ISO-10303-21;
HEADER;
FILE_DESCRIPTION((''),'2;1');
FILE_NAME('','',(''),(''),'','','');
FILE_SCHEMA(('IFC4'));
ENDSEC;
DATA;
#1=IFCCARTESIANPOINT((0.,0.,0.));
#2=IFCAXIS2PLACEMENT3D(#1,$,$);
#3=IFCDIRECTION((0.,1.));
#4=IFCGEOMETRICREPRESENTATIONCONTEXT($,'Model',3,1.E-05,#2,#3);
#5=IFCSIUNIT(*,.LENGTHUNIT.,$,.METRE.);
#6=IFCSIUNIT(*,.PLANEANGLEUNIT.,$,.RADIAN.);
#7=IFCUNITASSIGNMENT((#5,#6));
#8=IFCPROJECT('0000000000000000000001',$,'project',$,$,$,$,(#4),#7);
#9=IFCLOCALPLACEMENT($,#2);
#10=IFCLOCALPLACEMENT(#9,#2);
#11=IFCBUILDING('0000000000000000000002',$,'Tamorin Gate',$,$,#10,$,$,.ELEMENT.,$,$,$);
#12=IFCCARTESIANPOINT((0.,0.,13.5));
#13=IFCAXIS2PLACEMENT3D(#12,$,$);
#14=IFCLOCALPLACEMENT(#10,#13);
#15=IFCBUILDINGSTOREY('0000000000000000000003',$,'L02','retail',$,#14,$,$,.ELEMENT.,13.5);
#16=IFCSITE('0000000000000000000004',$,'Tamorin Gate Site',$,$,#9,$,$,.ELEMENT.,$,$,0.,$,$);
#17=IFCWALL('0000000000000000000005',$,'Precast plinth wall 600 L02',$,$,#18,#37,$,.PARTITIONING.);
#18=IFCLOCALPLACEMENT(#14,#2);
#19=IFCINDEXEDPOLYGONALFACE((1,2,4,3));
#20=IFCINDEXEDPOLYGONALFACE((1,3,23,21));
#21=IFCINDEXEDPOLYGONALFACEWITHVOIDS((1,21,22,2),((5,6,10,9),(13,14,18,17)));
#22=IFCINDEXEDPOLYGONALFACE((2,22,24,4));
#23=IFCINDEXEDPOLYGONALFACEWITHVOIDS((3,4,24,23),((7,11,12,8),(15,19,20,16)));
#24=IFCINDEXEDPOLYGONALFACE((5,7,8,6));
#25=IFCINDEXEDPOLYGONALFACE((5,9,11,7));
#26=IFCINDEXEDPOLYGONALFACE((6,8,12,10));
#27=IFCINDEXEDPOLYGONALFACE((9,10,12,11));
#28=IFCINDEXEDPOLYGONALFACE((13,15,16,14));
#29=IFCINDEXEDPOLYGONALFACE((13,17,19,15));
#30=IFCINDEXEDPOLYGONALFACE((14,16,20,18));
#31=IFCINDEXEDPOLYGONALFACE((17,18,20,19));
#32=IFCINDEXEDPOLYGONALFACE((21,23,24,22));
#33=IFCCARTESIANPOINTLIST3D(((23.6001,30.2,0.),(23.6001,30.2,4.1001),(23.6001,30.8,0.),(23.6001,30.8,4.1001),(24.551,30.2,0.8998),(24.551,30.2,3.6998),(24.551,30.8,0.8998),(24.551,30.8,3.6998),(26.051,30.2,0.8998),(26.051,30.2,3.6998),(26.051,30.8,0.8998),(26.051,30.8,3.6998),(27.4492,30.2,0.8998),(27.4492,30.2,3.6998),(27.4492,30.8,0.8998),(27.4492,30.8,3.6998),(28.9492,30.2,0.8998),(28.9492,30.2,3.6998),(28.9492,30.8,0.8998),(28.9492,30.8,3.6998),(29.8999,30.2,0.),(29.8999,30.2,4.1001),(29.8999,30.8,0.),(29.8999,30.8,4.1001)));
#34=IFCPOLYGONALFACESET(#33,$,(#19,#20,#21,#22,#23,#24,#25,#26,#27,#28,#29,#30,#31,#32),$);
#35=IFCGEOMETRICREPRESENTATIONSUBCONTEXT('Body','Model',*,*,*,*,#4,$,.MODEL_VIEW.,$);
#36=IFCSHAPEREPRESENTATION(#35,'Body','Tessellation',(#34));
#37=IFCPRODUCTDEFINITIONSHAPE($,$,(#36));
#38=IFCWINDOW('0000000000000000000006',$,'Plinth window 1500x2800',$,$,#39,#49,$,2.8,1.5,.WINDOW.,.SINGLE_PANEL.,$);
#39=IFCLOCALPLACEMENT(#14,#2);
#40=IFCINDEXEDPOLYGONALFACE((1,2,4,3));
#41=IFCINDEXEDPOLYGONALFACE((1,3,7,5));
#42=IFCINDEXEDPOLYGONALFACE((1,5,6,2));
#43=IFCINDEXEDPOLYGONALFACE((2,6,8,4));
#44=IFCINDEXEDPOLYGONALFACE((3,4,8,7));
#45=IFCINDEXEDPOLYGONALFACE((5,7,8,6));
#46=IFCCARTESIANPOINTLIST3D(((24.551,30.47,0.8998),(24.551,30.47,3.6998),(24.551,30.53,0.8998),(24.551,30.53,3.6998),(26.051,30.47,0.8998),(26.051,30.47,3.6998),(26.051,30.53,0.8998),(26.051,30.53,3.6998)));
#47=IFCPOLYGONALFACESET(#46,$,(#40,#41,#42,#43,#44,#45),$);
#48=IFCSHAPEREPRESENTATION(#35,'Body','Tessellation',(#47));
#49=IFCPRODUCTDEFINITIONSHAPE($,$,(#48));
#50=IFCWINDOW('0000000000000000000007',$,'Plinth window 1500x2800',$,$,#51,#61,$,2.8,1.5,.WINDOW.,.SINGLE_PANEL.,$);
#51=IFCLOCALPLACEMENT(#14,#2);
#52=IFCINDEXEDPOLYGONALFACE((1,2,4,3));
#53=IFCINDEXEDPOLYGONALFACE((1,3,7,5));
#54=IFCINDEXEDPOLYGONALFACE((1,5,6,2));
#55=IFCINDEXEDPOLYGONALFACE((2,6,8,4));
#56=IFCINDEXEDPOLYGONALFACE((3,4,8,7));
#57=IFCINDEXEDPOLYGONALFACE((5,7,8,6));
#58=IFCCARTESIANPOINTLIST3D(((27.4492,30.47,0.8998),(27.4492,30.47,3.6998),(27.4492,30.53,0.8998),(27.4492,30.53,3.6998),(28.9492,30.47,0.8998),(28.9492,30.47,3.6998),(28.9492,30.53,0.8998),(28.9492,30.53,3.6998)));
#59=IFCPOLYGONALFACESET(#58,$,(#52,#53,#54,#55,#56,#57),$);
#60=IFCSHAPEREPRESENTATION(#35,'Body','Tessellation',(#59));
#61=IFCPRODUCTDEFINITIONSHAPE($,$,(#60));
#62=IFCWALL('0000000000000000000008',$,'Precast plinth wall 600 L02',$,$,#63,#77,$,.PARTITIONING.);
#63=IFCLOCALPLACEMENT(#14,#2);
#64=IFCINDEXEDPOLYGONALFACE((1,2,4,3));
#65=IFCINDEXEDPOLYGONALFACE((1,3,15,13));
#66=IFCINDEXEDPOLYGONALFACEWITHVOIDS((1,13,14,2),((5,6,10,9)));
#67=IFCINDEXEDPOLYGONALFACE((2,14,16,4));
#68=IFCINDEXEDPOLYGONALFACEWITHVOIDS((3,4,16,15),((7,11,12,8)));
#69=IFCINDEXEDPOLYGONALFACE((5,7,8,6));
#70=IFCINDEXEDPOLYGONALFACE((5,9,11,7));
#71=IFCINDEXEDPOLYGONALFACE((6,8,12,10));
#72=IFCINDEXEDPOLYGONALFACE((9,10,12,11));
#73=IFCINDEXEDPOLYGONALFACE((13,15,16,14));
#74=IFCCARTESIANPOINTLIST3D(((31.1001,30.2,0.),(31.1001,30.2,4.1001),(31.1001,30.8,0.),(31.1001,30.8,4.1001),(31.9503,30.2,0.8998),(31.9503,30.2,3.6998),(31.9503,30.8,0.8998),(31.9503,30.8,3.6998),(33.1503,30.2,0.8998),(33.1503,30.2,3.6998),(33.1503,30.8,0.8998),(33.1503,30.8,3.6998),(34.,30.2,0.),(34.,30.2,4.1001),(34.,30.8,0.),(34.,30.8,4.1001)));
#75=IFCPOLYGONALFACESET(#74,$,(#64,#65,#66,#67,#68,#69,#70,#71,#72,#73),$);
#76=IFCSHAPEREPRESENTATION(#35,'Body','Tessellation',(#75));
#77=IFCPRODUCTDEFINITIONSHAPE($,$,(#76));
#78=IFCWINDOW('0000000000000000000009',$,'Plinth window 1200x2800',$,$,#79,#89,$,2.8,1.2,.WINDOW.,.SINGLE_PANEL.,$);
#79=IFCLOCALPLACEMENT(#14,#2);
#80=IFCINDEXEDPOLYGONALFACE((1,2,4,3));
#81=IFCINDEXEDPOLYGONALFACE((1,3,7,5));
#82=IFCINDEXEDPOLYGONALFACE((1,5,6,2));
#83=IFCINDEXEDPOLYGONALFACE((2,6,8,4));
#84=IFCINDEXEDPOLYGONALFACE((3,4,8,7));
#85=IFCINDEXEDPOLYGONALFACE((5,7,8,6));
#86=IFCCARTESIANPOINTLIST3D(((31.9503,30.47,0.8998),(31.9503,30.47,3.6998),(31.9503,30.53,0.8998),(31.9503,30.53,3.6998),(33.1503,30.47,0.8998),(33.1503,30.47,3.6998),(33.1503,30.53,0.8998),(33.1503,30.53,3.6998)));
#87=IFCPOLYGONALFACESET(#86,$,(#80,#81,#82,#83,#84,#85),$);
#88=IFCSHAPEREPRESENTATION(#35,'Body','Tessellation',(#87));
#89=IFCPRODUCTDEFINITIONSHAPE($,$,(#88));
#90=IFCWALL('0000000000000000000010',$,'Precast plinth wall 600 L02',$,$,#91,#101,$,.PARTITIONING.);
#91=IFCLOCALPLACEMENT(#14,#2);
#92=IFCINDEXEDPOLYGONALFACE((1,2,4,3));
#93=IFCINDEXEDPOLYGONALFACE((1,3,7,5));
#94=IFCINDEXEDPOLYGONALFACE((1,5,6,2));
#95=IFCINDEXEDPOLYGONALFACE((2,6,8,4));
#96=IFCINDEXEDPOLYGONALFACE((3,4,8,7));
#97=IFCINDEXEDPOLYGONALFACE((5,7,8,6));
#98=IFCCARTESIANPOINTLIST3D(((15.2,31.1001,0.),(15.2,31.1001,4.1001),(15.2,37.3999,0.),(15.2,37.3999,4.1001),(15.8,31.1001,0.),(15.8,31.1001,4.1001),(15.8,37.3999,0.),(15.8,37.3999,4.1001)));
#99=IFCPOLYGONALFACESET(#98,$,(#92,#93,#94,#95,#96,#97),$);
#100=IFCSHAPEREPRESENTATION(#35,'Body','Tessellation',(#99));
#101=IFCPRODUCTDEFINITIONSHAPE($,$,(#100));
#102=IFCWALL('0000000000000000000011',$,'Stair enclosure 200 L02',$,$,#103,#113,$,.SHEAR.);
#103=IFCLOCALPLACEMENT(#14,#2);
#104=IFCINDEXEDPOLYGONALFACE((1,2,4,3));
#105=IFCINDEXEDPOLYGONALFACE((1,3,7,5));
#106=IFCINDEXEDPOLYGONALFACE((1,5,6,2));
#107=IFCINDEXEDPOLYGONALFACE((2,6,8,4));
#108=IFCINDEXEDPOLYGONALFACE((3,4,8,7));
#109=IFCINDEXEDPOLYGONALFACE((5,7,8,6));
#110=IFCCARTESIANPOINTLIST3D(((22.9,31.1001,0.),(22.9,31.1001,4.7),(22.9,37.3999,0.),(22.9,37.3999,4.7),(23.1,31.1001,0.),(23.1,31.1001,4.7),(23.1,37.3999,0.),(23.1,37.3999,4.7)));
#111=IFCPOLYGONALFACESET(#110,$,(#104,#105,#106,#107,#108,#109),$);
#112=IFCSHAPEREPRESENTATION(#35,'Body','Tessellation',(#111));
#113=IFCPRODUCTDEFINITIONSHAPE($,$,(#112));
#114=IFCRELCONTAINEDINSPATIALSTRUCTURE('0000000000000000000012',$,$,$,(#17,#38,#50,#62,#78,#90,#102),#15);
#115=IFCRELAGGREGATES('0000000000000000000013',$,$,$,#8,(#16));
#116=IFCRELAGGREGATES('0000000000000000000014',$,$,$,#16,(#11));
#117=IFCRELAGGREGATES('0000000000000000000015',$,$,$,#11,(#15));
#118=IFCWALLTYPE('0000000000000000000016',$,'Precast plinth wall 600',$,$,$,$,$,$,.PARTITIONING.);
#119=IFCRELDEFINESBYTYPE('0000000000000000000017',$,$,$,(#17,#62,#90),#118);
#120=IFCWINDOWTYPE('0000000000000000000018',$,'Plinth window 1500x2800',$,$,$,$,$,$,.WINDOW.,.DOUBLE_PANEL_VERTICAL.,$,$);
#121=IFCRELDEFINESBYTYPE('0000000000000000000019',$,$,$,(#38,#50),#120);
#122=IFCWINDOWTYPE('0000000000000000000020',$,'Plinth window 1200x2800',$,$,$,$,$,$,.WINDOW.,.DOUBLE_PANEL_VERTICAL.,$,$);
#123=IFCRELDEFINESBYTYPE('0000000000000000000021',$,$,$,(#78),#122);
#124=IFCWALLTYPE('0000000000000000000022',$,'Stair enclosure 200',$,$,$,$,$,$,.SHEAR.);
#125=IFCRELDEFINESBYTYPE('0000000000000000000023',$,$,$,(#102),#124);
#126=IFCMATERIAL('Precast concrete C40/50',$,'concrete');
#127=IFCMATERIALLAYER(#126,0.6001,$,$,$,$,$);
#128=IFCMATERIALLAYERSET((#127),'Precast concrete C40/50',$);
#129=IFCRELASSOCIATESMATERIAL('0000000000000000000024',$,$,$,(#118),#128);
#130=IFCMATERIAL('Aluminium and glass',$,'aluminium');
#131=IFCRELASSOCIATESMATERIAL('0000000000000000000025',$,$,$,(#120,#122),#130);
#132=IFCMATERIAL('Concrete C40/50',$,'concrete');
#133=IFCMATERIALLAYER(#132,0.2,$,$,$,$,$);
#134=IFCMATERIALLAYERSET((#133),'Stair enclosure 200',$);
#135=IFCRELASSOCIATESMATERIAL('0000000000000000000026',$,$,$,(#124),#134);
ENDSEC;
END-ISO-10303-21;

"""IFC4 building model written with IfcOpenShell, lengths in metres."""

from ifc_helpers import new_model, si_unit, direction, frame, frame_2d, origin, place, context, subcontext, project, spatial, rectangle, extrude, material, layer, layer_set, type_object, element, fill, save


model = new_model("IFC4")

# Units and contexts
model_context = context("Model", 3, precision=1e-05, world=origin(), true_north=direction((0.0, 1.0)))
body_context = subcontext(model_context, "Body", "Model", "MODEL_VIEW")
ifc_project = project(units=[si_unit("LENGTHUNIT", "METRE"), si_unit("PLANEANGLEUNIT", "RADIAN")], contexts=[model_context])

# Site, building, storey
site_placement = place(None, origin())
site = spatial("IfcSite", under=ifc_project, at=site_placement, Name="Tamorin Gate Site", CompositionType="ELEMENT", RefElevation=0.0)
building_placement = place(site_placement, origin())
building = spatial("IfcBuilding", under=site, at=building_placement, Name="Tamorin Gate", CompositionType="ELEMENT")
storey_placement = place(building_placement, frame((0.0, 0.0, 13.5)))
storey = spatial("IfcBuildingStorey", under=building, at=storey_placement, Name="L02", Description="retail", CompositionType="ELEMENT", Elevation=13.5)

# Shared definitions
ifc_material_1 = material(Name="Concrete C40/50", Category="concrete")

# Shared definitions
ifc_material_2 = material(Name="Precast concrete C40/50", Category="concrete")
ifc_layer_1 = layer(ifc_material_2, 0.6001)
ifc_layer_set_1 = layer_set([ifc_layer_1], Name="Precast concrete C40/50")
wall_type_1 = type_object("IfcWallType", Name="Precast plinth wall 600", PredefinedType="PARTITIONING", material=ifc_layer_set_1)

# Wall, openings, windows
wall_1_placement = place(storey_placement, frame((23.6001, 30.5, 0.0), z_axis=(0.0, 0.0, 1.0), x_axis=(1.0, 0.0, 0.0)))
wall_1 = element("IfcWall", 1, at=wall_1_placement, inside=storey, type_object=wall_type_1, Name="Precast plinth wall 600 L02", PredefinedType="PARTITIONING", context=body_context, shape_type="SweptSolid", body=[
    extrude(rectangle(XDim=6.2998, YDim=0.6001, at=frame_2d((3.1499, 0.0))), origin(), (0.0, 0.0, 1.0), 4.1001),
])
opening_1_placement = place(wall_1_placement, frame((0.9509, 0.0, 0.8999)))
opening_1 = element("IfcOpeningElement", 2, at=opening_1_placement, cuts=wall_1, PredefinedType="OPENING", context=body_context, shape_type="SweptSolid", body=[
    extrude(rectangle(XDim=1.5, YDim=2.8, at=frame_2d((0.75, 1.3999))), frame((0.0, 0.3101, 0.0), z_axis=(0.0, -1.0, 0.0), x_axis=(1.0, 0.0, 0.0)), (0.0, 0.0, 1.0), 0.6201),
])
opening_2_placement = place(wall_1_placement, frame((3.8491, 0.0, 0.8999)))
opening_2 = element("IfcOpeningElement", 3, at=opening_2_placement, cuts=wall_1, PredefinedType="OPENING", context=body_context, shape_type="SweptSolid", body=[
    extrude(rectangle(XDim=1.5, YDim=2.8, at=frame_2d((0.75, 1.3999))), frame((0.0, 0.3101, 0.0), z_axis=(0.0, -1.0, 0.0), x_axis=(1.0, 0.0, 0.0)), (0.0, 0.0, 1.0), 0.6201),
])
ifc_material_3 = material(Name="Aluminium and glass", Category="aluminium")
window_type_1 = type_object("IfcWindowType", Name="Plinth window 1500x2800", PartitioningType="DOUBLE_PANEL_VERTICAL", PredefinedType="WINDOW", material=ifc_material_3)
window_1_placement = place(opening_1_placement, origin())
window_1 = element("IfcWindow", 4, at=window_1_placement, inside=storey, type_object=window_type_1, Name="Plinth window 1500x2800", OverallHeight=2.8, OverallWidth=1.5, PartitioningType="SINGLE_PANEL", PredefinedType="WINDOW", context=body_context, shape_type="SweptSolid", body=[
    extrude(rectangle(XDim=1.5, YDim=2.8, at=frame_2d((0.75, 1.3999))), frame((0.0, 0.03, 0.0), z_axis=(0.0, -1.0, 0.0), x_axis=(1.0, 0.0, 0.0)), (0.0, 0.0, 1.0), 0.0601),
])
fill(opening_1, window_1)
window_2_placement = place(opening_2_placement, origin())
window_2 = element("IfcWindow", 5, at=window_2_placement, inside=storey, type_object=window_type_1, Name="Plinth window 1500x2800", OverallHeight=2.8, OverallWidth=1.5, PartitioningType="SINGLE_PANEL", PredefinedType="WINDOW", context=body_context, shape_type="SweptSolid", body=[
    extrude(rectangle(XDim=1.5, YDim=2.8, at=frame_2d((0.75, 1.3999))), frame((0.0, 0.03, 0.0), z_axis=(0.0, -1.0, 0.0), x_axis=(1.0, 0.0, 0.0)), (0.0, 0.0, 1.0), 0.0601),
])
fill(opening_2, window_2)

# Wall, opening, window
wall_2_placement = place(storey_placement, frame((31.1001, 30.5, 0.0), z_axis=(0.0, 0.0, 1.0), x_axis=(1.0, 0.0, 0.0)))
wall_2 = element("IfcWall", 6, at=wall_2_placement, inside=storey, type_object=wall_type_1, Name="Precast plinth wall 600 L02", PredefinedType="PARTITIONING", context=body_context, shape_type="SweptSolid", body=[
    extrude(rectangle(XDim=2.8999, YDim=0.6001, at=frame_2d((1.45, 0.0))), origin(), (0.0, 0.0, 1.0), 4.1001),
])
opening_3_placement = place(wall_2_placement, frame((0.8501, 0.0, 0.8999)))
opening_3 = element("IfcOpeningElement", 7, at=opening_3_placement, cuts=wall_2, PredefinedType="OPENING", context=body_context, shape_type="SweptSolid", body=[
    extrude(rectangle(XDim=1.2, YDim=2.8, at=frame_2d((0.6001, 1.3999))), frame((0.0, 0.3101, 0.0), z_axis=(0.0, -1.0, 0.0), x_axis=(1.0, 0.0, 0.0)), (0.0, 0.0, 1.0), 0.6201),
])
window_type_2 = type_object("IfcWindowType", Name="Plinth window 1200x2800", PartitioningType="DOUBLE_PANEL_VERTICAL", PredefinedType="WINDOW", material=ifc_material_3)
window_3_placement = place(opening_3_placement, origin())
window_3 = element("IfcWindow", 8, at=window_3_placement, inside=storey, type_object=window_type_2, Name="Plinth window 1200x2800", OverallHeight=2.8, OverallWidth=1.2, PartitioningType="SINGLE_PANEL", PredefinedType="WINDOW", context=body_context, shape_type="SweptSolid", body=[
    extrude(rectangle(XDim=1.2, YDim=2.8, at=frame_2d((0.6001, 1.3999))), frame((0.0, 0.03, 0.0), z_axis=(0.0, -1.0, 0.0), x_axis=(1.0, 0.0, 0.0)), (0.0, 0.0, 1.0), 0.0601),
])
fill(opening_3, window_3)

# Walls
wall_3_placement = place(storey_placement, frame((15.5, 31.1001, 0.0), z_axis=(0.0, 0.0, 1.0), x_axis=(0.0, 1.0, 0.0)))
element("IfcWall", 9, at=wall_3_placement, inside=storey, type_object=wall_type_1, Name="Precast plinth wall 600 L02", PredefinedType="PARTITIONING", context=body_context, shape_type="SweptSolid", body=[
    extrude(rectangle(XDim=6.2998, YDim=0.6001, at=frame_2d((3.1499, 0.0))), origin(), (0.0, 0.0, 1.0), 4.1001),
])
ifc_layer_2 = layer(ifc_material_1, 0.2)
ifc_layer_set_2 = layer_set([ifc_layer_2], Name="Stair enclosure 200")
wall_type_2 = type_object("IfcWallType", Name="Stair enclosure 200", PredefinedType="SHEAR", material=ifc_layer_set_2)
wall_4_placement = place(storey_placement, frame((23.0, 31.1001, 0.0), z_axis=(0.0, 0.0, 1.0), x_axis=(0.0, 1.0, 0.0)))
element("IfcWall", 10, at=wall_4_placement, inside=storey, type_object=wall_type_2, Name="Stair enclosure 200 L02", PredefinedType="SHEAR", context=body_context, shape_type="SweptSolid", body=[
    extrude(rectangle(XDim=6.2998, YDim=0.2, at=frame_2d((3.1499, 0.0))), origin(), (0.0, 0.0, 1.0), 4.7),
])

save(model, "model.ifc")
